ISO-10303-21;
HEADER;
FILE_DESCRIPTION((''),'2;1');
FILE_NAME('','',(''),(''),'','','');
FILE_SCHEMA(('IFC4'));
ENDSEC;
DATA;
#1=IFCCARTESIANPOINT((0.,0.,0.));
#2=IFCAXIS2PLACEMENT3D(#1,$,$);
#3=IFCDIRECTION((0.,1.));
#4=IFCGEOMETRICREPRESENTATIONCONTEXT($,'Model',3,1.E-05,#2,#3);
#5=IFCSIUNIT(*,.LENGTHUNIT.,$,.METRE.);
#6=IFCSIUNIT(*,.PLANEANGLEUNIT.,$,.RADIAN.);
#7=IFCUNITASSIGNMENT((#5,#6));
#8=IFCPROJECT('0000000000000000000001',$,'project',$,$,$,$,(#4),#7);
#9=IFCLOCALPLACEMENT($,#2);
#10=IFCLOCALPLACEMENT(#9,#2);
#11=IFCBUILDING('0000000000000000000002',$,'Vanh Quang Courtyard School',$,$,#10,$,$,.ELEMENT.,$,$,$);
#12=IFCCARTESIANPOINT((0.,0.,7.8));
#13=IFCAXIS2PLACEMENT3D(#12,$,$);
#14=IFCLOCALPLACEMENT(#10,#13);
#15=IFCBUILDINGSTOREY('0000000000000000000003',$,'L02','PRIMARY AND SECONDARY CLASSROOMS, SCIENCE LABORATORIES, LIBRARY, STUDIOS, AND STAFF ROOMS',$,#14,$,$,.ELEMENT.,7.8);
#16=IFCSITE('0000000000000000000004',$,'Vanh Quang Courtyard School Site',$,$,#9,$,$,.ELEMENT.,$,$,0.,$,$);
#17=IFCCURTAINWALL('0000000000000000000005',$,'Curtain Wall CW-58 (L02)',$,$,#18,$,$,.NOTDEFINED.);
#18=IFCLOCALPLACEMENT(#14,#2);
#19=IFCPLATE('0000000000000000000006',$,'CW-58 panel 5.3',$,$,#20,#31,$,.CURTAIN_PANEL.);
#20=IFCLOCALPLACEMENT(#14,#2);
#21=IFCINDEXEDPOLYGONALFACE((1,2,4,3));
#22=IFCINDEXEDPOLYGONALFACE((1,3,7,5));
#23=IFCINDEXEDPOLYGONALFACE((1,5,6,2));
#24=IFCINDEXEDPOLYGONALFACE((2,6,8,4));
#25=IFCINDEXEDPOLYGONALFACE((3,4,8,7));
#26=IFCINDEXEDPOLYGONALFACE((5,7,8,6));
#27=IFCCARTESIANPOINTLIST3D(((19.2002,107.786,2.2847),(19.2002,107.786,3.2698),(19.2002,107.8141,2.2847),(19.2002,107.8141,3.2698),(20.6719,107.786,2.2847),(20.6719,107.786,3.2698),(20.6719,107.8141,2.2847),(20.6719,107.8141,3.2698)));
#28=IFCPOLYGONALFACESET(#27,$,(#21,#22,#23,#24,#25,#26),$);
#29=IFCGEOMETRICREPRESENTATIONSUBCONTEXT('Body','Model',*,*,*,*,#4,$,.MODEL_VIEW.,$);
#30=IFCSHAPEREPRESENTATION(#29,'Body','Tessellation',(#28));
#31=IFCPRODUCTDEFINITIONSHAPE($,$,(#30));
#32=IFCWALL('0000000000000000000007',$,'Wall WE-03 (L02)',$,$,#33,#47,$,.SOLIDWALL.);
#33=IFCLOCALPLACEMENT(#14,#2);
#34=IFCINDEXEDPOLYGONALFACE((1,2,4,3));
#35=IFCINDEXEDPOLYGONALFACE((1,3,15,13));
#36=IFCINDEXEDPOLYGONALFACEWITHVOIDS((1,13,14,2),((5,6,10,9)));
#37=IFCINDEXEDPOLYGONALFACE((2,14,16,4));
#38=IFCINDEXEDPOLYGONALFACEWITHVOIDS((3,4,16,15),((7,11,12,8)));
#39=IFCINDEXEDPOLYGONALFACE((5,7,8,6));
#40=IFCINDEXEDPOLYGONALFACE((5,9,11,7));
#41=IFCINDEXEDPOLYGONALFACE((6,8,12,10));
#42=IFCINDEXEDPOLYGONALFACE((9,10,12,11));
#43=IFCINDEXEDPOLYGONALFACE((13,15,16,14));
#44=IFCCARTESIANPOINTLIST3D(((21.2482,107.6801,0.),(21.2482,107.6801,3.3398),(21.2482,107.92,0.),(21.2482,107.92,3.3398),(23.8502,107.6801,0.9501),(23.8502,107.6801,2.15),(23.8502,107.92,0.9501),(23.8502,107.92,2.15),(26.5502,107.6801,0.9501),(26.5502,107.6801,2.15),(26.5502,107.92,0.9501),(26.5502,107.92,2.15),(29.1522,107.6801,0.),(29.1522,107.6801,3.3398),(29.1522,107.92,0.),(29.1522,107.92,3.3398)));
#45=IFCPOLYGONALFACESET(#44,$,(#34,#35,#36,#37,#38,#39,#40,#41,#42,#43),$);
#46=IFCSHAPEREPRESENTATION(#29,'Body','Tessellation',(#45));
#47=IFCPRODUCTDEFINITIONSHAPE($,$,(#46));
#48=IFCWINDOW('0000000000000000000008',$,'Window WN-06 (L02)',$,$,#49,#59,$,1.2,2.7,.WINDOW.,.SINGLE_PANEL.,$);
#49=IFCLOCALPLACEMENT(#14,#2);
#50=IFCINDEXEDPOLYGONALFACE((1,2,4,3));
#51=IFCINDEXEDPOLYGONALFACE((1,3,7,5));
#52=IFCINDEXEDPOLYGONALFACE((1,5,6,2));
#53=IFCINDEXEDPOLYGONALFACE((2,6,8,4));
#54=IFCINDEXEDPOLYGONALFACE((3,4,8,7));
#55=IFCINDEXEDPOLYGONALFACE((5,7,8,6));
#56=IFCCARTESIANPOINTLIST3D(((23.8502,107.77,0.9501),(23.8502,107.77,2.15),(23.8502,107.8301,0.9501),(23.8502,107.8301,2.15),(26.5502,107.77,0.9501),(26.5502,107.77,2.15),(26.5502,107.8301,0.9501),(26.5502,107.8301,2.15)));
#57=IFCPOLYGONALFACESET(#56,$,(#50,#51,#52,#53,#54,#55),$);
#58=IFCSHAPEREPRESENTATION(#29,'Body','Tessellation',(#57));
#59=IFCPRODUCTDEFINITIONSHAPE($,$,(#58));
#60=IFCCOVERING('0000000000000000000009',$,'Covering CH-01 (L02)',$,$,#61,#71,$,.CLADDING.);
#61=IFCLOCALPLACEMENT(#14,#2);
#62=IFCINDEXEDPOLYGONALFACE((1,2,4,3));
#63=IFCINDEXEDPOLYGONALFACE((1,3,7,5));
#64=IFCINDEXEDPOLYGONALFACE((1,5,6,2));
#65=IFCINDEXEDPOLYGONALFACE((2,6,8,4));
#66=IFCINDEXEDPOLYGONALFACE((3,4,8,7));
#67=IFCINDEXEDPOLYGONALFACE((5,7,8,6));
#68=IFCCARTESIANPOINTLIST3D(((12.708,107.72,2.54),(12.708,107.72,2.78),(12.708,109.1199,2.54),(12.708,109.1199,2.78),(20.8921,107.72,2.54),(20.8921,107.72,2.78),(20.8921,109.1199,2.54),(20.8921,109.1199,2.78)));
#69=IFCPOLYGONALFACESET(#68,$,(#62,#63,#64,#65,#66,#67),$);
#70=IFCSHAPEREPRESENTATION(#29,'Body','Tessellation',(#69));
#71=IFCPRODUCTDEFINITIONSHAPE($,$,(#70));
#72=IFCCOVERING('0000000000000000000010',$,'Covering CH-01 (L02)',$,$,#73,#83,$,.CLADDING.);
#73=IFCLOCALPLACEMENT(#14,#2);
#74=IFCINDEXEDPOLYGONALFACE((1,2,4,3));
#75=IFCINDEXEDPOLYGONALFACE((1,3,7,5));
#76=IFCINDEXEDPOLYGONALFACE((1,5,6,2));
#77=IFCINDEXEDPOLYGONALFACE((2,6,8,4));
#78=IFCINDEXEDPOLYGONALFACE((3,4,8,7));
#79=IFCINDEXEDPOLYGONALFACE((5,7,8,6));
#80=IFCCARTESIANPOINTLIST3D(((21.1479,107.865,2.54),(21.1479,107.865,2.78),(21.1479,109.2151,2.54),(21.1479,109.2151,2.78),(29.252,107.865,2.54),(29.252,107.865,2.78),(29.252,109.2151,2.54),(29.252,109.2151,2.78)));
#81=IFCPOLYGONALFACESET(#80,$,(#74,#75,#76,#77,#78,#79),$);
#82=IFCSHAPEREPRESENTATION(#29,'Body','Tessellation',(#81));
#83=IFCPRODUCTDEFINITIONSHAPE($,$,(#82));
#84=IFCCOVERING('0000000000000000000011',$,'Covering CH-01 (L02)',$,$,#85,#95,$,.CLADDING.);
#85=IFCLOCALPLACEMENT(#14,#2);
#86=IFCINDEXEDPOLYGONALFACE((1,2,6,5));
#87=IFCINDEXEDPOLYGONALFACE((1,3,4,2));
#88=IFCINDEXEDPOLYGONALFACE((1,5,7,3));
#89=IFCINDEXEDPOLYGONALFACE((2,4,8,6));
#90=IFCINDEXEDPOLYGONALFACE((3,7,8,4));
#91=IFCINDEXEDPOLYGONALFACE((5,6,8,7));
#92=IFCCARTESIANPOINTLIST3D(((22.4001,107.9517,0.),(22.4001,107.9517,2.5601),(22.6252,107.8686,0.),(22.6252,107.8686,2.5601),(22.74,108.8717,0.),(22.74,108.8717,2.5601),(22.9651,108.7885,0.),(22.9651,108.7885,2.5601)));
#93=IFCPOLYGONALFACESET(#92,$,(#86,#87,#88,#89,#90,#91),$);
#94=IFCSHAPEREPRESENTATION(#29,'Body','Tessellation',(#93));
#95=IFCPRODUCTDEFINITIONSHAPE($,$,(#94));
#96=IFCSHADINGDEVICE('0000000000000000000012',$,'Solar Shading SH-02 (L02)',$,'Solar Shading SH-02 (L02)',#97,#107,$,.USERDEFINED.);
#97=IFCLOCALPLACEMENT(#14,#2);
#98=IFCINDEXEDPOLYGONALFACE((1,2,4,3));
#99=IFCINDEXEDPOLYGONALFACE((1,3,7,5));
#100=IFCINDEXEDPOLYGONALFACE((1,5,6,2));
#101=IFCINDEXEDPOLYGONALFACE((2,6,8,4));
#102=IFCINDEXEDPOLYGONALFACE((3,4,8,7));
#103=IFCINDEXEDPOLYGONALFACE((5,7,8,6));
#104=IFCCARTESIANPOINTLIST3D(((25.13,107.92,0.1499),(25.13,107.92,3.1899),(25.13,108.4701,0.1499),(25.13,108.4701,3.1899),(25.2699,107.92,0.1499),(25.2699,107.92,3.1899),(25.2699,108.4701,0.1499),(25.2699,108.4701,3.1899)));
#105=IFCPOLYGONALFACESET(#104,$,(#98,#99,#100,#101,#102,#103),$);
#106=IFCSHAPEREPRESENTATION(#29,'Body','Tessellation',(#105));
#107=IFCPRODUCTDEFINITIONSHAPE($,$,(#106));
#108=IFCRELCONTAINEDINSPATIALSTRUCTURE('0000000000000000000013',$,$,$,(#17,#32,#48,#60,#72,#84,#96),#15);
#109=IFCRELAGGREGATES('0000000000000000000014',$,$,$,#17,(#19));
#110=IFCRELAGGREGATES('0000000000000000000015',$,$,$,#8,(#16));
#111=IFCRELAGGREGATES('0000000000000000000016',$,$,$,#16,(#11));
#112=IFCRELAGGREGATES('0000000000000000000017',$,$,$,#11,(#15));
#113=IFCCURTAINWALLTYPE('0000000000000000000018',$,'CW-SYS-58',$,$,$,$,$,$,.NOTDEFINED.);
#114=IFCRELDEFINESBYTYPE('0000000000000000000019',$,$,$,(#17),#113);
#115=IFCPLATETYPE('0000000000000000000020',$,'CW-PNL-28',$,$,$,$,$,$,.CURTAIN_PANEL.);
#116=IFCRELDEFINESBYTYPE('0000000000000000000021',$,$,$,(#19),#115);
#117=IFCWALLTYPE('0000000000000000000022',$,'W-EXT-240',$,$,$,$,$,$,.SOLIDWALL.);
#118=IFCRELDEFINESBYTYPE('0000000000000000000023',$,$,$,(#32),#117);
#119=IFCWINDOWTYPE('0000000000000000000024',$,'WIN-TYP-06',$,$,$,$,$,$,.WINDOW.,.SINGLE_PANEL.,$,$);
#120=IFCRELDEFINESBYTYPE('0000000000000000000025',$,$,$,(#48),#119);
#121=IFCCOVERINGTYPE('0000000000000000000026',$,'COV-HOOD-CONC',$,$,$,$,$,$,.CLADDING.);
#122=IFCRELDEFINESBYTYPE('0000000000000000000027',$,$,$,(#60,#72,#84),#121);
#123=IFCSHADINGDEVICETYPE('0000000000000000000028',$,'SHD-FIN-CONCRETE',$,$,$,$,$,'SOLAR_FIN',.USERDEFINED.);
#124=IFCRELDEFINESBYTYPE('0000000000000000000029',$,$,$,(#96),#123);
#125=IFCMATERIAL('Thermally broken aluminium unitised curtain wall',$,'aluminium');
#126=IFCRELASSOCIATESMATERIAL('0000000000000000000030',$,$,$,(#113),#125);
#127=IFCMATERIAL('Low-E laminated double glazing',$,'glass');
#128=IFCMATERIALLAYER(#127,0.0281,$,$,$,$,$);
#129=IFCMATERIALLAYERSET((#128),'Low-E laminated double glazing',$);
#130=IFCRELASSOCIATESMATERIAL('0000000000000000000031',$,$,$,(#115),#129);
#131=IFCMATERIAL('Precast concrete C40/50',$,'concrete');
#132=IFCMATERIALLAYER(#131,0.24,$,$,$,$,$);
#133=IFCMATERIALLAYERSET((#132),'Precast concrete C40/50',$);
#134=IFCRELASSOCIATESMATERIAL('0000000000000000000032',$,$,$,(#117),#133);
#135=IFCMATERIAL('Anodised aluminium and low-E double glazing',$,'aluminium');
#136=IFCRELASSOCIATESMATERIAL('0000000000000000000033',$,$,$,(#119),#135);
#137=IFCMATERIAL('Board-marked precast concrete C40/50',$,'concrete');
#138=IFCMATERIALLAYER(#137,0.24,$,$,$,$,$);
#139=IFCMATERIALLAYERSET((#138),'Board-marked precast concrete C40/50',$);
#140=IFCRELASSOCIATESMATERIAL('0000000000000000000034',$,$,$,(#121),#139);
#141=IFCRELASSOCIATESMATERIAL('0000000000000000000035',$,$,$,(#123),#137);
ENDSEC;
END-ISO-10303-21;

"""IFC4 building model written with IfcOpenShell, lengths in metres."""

from ifc_helpers import new_model, si_unit, direction, frame, frame_2d, origin, origin_2d, place, context, subcontext, project, spatial, rectangle, extrude, material, layer, layer_set, type_object, element, fill, aggregate, save


model = new_model("IFC4")

# Units and contexts
model_context = context("Model", 3, precision=1e-05, world=origin(), true_north=direction((0.0, 1.0)))
body_context = subcontext(model_context, "Body", "Model", "MODEL_VIEW")
ifc_project = project(units=[si_unit("LENGTHUNIT", "METRE"), si_unit("PLANEANGLEUNIT", "RADIAN")], contexts=[model_context])

# Site, building, storey
site_placement = place(None, origin())
site = spatial("IfcSite", under=ifc_project, at=site_placement, Name="Vanh Quang Courtyard School Site", CompositionType="ELEMENT", RefElevation=0.0)
building_placement = place(site_placement, origin())
building = spatial("IfcBuilding", under=site, at=building_placement, Name="Vanh Quang Courtyard School", CompositionType="ELEMENT")
storey_placement = place(building_placement, frame((0.0, 0.0, 7.8)))
storey = spatial("IfcBuildingStorey", under=building, at=storey_placement, Name="L02", Description="PRIMARY AND SECONDARY CLASSROOMS, SCIENCE LABORATORIES, LIBRARY, STUDIOS, AND STAFF ROOMS", CompositionType="ELEMENT", Elevation=7.8)

# Curtain wall
ifc_material_1 = material(Name="Thermally broken aluminium unitised curtain wall", Category="aluminium")
curtain_wall_type = type_object("IfcCurtainWallType", Name="CW-SYS-58", PredefinedType="NOTDEFINED", material=ifc_material_1)
curtain_wall_1_placement = place(storey_placement, origin())
curtain_wall_1 = element("IfcCurtainWall", 1, at=curtain_wall_1_placement, inside=storey, type_object=curtain_wall_type, Name="Curtain Wall CW-58 (L02)", PredefinedType="NOTDEFINED")

# Plate
ifc_material_2 = material(Name="Low-E laminated double glazing", Category="glass")
ifc_layer_1 = layer(ifc_material_2, 0.0281)
ifc_layer_set_1 = layer_set([ifc_layer_1], Name="Low-E laminated double glazing")
plate_type = type_object("IfcPlateType", Name="CW-PNL-28", PredefinedType="CURTAIN_PANEL", material=ifc_layer_set_1)
plate_1_placement = place(storey_placement, frame((19.936, 107.8, 2.2847), z_axis=(0.0, 0.0, 1.0), x_axis=(1.0, 0.0, 0.0)))
plate_1 = element("IfcPlate", 2, at=plate_1_placement, type_object=plate_type, Name="CW-58 panel 5.3", PredefinedType="CURTAIN_PANEL", context=body_context, shape_type="SweptSolid", body=[
    extrude(rectangle(XDim=1.4717, YDim=0.0281, at=origin_2d()), origin(), (0.0, 0.0, 1.0), 0.9851),
])
aggregate(curtain_wall_1, [plate_1])

# Wall, opening, window
ifc_material_3 = material(Name="Precast concrete C40/50", Category="concrete")
ifc_layer_2 = layer(ifc_material_3, 0.24)
ifc_layer_set_2 = layer_set([ifc_layer_2], Name="Precast concrete C40/50")
wall_type = type_object("IfcWallType", Name="W-EXT-240", PredefinedType="SOLIDWALL", material=ifc_layer_set_2)
wall_placement = place(storey_placement, frame((21.248, 107.8, 0.0), z_axis=(0.0, 0.0, 1.0), x_axis=(1.0, 0.0, 0.0)))
wall = element("IfcWall", 3, at=wall_placement, inside=storey, type_object=wall_type, Name="Wall WE-03 (L02)", PredefinedType="SOLIDWALL", context=body_context, shape_type="SweptSolid", body=[
    extrude(rectangle(XDim=7.9041, YDim=0.24, at=frame_2d((3.9521, 0.0))), origin(), (0.0, 0.0, 1.0), 3.3398),
])
opening_placement = place(wall_placement, frame((2.6021, 0.0, 0.95)))
opening = element("IfcOpeningElement", 4, at=opening_placement, cuts=wall, PredefinedType="OPENING", context=body_context, shape_type="SweptSolid", body=[
    extrude(rectangle(XDim=2.7, YDim=1.2, at=frame_2d((1.3501, 0.6001))), frame((0.0, 0.1299, 0.0), z_axis=(0.0, -1.0, 0.0), x_axis=(1.0, 0.0, 0.0)), (0.0, 0.0, 1.0), 0.26),
])
ifc_material_4 = material(Name="Anodised aluminium and low-E double glazing", Category="aluminium")
window_type = type_object("IfcWindowType", Name="WIN-TYP-06", PartitioningType="SINGLE_PANEL", PredefinedType="WINDOW", material=ifc_material_4)
window_placement = place(opening_placement, origin())
window = element("IfcWindow", 5, at=window_placement, inside=storey, type_object=window_type, Name="Window WN-06 (L02)", OverallHeight=1.2, OverallWidth=2.7, PartitioningType="SINGLE_PANEL", PredefinedType="WINDOW", context=body_context, shape_type="SweptSolid", body=[
    extrude(rectangle(XDim=2.7, YDim=1.2, at=frame_2d((1.3501, 0.6001))), frame((0.0, 0.03, 0.0), z_axis=(0.0, -1.0, 0.0), x_axis=(1.0, 0.0, 0.0)), (0.0, 0.0, 1.0), 0.0601),
])
fill(opening, window)

# Coverings
ifc_material_5 = material(Name="Board-marked precast concrete C40/50", Category="concrete")
ifc_layer_3 = layer(ifc_material_5, 0.24)
ifc_layer_set_3 = layer_set([ifc_layer_3], Name="Board-marked precast concrete C40/50")
covering_type = type_object("IfcCoveringType", Name="COV-HOOD-CONC", PredefinedType="CLADDING", material=ifc_layer_set_3)
covering_1_placement = place(storey_placement, frame((16.8, 108.4199, 2.54), z_axis=(0.0, 0.0, 1.0), x_axis=(1.0, 0.0, 0.0)))
element("IfcCovering", 6, at=covering_1_placement, inside=storey, type_object=covering_type, Name="Covering CH-01 (L02)", PredefinedType="CLADDING", context=body_context, shape_type="SweptSolid", body=[
    extrude(rectangle(XDim=8.1841, YDim=1.3999, at=origin_2d()), origin(), (0.0, 0.0, 1.0), 0.24),
])
covering_2_placement = place(storey_placement, frame((25.2, 108.54, 2.54), z_axis=(0.0, 0.0, 1.0), x_axis=(1.0, 0.0, 0.0)))
element("IfcCovering", 7, at=covering_2_placement, inside=storey, type_object=covering_type, Name="Covering CH-01 (L02)", PredefinedType="CLADDING", context=body_context, shape_type="SweptSolid", body=[
    extrude(rectangle(XDim=8.104, YDim=1.3501, at=origin_2d()), origin(), (0.0, 0.0, 1.0), 0.24),
])
covering_3_placement = place(storey_placement, frame((22.6826, 108.3701, 0.0), z_axis=(0.0, 0.0, 1.0), x_axis=(0.346608, 0.93801, 0.0)))
element("IfcCovering", 8, at=covering_3_placement, inside=storey, type_object=covering_type, Name="Covering CH-01 (L02)", PredefinedType="CLADDING", context=body_context, shape_type="SweptSolid", body=[
    extrude(rectangle(XDim=0.9807, YDim=0.24, at=origin_2d()), origin(), (0.0, 0.0, 1.0), 2.5601),
])

# Shading device
shading_device_type = type_object("IfcShadingDeviceType", Name="SHD-FIN-CONCRETE", ElementType="SOLAR_FIN", PredefinedType="USERDEFINED", material=ifc_material_5)
shading_device_placement = place(storey_placement, frame((25.2, 108.1951, 0.1499), z_axis=(0.0, 0.0, 1.0), x_axis=(1.0, 0.0, 0.0)))
element("IfcShadingDevice", 9, at=shading_device_placement, inside=storey, type_object=shading_device_type, Name="Solar Shading SH-02 (L02)", ObjectType="Solar Shading SH-02 (L02)", PredefinedType="USERDEFINED", context=body_context, shape_type="SweptSolid", body=[
    extrude(rectangle(XDim=0.1399, YDim=0.55, at=origin_2d()), origin(), (0.0, 0.0, 1.0), 3.04),
])

save(model, "model.ifc")
